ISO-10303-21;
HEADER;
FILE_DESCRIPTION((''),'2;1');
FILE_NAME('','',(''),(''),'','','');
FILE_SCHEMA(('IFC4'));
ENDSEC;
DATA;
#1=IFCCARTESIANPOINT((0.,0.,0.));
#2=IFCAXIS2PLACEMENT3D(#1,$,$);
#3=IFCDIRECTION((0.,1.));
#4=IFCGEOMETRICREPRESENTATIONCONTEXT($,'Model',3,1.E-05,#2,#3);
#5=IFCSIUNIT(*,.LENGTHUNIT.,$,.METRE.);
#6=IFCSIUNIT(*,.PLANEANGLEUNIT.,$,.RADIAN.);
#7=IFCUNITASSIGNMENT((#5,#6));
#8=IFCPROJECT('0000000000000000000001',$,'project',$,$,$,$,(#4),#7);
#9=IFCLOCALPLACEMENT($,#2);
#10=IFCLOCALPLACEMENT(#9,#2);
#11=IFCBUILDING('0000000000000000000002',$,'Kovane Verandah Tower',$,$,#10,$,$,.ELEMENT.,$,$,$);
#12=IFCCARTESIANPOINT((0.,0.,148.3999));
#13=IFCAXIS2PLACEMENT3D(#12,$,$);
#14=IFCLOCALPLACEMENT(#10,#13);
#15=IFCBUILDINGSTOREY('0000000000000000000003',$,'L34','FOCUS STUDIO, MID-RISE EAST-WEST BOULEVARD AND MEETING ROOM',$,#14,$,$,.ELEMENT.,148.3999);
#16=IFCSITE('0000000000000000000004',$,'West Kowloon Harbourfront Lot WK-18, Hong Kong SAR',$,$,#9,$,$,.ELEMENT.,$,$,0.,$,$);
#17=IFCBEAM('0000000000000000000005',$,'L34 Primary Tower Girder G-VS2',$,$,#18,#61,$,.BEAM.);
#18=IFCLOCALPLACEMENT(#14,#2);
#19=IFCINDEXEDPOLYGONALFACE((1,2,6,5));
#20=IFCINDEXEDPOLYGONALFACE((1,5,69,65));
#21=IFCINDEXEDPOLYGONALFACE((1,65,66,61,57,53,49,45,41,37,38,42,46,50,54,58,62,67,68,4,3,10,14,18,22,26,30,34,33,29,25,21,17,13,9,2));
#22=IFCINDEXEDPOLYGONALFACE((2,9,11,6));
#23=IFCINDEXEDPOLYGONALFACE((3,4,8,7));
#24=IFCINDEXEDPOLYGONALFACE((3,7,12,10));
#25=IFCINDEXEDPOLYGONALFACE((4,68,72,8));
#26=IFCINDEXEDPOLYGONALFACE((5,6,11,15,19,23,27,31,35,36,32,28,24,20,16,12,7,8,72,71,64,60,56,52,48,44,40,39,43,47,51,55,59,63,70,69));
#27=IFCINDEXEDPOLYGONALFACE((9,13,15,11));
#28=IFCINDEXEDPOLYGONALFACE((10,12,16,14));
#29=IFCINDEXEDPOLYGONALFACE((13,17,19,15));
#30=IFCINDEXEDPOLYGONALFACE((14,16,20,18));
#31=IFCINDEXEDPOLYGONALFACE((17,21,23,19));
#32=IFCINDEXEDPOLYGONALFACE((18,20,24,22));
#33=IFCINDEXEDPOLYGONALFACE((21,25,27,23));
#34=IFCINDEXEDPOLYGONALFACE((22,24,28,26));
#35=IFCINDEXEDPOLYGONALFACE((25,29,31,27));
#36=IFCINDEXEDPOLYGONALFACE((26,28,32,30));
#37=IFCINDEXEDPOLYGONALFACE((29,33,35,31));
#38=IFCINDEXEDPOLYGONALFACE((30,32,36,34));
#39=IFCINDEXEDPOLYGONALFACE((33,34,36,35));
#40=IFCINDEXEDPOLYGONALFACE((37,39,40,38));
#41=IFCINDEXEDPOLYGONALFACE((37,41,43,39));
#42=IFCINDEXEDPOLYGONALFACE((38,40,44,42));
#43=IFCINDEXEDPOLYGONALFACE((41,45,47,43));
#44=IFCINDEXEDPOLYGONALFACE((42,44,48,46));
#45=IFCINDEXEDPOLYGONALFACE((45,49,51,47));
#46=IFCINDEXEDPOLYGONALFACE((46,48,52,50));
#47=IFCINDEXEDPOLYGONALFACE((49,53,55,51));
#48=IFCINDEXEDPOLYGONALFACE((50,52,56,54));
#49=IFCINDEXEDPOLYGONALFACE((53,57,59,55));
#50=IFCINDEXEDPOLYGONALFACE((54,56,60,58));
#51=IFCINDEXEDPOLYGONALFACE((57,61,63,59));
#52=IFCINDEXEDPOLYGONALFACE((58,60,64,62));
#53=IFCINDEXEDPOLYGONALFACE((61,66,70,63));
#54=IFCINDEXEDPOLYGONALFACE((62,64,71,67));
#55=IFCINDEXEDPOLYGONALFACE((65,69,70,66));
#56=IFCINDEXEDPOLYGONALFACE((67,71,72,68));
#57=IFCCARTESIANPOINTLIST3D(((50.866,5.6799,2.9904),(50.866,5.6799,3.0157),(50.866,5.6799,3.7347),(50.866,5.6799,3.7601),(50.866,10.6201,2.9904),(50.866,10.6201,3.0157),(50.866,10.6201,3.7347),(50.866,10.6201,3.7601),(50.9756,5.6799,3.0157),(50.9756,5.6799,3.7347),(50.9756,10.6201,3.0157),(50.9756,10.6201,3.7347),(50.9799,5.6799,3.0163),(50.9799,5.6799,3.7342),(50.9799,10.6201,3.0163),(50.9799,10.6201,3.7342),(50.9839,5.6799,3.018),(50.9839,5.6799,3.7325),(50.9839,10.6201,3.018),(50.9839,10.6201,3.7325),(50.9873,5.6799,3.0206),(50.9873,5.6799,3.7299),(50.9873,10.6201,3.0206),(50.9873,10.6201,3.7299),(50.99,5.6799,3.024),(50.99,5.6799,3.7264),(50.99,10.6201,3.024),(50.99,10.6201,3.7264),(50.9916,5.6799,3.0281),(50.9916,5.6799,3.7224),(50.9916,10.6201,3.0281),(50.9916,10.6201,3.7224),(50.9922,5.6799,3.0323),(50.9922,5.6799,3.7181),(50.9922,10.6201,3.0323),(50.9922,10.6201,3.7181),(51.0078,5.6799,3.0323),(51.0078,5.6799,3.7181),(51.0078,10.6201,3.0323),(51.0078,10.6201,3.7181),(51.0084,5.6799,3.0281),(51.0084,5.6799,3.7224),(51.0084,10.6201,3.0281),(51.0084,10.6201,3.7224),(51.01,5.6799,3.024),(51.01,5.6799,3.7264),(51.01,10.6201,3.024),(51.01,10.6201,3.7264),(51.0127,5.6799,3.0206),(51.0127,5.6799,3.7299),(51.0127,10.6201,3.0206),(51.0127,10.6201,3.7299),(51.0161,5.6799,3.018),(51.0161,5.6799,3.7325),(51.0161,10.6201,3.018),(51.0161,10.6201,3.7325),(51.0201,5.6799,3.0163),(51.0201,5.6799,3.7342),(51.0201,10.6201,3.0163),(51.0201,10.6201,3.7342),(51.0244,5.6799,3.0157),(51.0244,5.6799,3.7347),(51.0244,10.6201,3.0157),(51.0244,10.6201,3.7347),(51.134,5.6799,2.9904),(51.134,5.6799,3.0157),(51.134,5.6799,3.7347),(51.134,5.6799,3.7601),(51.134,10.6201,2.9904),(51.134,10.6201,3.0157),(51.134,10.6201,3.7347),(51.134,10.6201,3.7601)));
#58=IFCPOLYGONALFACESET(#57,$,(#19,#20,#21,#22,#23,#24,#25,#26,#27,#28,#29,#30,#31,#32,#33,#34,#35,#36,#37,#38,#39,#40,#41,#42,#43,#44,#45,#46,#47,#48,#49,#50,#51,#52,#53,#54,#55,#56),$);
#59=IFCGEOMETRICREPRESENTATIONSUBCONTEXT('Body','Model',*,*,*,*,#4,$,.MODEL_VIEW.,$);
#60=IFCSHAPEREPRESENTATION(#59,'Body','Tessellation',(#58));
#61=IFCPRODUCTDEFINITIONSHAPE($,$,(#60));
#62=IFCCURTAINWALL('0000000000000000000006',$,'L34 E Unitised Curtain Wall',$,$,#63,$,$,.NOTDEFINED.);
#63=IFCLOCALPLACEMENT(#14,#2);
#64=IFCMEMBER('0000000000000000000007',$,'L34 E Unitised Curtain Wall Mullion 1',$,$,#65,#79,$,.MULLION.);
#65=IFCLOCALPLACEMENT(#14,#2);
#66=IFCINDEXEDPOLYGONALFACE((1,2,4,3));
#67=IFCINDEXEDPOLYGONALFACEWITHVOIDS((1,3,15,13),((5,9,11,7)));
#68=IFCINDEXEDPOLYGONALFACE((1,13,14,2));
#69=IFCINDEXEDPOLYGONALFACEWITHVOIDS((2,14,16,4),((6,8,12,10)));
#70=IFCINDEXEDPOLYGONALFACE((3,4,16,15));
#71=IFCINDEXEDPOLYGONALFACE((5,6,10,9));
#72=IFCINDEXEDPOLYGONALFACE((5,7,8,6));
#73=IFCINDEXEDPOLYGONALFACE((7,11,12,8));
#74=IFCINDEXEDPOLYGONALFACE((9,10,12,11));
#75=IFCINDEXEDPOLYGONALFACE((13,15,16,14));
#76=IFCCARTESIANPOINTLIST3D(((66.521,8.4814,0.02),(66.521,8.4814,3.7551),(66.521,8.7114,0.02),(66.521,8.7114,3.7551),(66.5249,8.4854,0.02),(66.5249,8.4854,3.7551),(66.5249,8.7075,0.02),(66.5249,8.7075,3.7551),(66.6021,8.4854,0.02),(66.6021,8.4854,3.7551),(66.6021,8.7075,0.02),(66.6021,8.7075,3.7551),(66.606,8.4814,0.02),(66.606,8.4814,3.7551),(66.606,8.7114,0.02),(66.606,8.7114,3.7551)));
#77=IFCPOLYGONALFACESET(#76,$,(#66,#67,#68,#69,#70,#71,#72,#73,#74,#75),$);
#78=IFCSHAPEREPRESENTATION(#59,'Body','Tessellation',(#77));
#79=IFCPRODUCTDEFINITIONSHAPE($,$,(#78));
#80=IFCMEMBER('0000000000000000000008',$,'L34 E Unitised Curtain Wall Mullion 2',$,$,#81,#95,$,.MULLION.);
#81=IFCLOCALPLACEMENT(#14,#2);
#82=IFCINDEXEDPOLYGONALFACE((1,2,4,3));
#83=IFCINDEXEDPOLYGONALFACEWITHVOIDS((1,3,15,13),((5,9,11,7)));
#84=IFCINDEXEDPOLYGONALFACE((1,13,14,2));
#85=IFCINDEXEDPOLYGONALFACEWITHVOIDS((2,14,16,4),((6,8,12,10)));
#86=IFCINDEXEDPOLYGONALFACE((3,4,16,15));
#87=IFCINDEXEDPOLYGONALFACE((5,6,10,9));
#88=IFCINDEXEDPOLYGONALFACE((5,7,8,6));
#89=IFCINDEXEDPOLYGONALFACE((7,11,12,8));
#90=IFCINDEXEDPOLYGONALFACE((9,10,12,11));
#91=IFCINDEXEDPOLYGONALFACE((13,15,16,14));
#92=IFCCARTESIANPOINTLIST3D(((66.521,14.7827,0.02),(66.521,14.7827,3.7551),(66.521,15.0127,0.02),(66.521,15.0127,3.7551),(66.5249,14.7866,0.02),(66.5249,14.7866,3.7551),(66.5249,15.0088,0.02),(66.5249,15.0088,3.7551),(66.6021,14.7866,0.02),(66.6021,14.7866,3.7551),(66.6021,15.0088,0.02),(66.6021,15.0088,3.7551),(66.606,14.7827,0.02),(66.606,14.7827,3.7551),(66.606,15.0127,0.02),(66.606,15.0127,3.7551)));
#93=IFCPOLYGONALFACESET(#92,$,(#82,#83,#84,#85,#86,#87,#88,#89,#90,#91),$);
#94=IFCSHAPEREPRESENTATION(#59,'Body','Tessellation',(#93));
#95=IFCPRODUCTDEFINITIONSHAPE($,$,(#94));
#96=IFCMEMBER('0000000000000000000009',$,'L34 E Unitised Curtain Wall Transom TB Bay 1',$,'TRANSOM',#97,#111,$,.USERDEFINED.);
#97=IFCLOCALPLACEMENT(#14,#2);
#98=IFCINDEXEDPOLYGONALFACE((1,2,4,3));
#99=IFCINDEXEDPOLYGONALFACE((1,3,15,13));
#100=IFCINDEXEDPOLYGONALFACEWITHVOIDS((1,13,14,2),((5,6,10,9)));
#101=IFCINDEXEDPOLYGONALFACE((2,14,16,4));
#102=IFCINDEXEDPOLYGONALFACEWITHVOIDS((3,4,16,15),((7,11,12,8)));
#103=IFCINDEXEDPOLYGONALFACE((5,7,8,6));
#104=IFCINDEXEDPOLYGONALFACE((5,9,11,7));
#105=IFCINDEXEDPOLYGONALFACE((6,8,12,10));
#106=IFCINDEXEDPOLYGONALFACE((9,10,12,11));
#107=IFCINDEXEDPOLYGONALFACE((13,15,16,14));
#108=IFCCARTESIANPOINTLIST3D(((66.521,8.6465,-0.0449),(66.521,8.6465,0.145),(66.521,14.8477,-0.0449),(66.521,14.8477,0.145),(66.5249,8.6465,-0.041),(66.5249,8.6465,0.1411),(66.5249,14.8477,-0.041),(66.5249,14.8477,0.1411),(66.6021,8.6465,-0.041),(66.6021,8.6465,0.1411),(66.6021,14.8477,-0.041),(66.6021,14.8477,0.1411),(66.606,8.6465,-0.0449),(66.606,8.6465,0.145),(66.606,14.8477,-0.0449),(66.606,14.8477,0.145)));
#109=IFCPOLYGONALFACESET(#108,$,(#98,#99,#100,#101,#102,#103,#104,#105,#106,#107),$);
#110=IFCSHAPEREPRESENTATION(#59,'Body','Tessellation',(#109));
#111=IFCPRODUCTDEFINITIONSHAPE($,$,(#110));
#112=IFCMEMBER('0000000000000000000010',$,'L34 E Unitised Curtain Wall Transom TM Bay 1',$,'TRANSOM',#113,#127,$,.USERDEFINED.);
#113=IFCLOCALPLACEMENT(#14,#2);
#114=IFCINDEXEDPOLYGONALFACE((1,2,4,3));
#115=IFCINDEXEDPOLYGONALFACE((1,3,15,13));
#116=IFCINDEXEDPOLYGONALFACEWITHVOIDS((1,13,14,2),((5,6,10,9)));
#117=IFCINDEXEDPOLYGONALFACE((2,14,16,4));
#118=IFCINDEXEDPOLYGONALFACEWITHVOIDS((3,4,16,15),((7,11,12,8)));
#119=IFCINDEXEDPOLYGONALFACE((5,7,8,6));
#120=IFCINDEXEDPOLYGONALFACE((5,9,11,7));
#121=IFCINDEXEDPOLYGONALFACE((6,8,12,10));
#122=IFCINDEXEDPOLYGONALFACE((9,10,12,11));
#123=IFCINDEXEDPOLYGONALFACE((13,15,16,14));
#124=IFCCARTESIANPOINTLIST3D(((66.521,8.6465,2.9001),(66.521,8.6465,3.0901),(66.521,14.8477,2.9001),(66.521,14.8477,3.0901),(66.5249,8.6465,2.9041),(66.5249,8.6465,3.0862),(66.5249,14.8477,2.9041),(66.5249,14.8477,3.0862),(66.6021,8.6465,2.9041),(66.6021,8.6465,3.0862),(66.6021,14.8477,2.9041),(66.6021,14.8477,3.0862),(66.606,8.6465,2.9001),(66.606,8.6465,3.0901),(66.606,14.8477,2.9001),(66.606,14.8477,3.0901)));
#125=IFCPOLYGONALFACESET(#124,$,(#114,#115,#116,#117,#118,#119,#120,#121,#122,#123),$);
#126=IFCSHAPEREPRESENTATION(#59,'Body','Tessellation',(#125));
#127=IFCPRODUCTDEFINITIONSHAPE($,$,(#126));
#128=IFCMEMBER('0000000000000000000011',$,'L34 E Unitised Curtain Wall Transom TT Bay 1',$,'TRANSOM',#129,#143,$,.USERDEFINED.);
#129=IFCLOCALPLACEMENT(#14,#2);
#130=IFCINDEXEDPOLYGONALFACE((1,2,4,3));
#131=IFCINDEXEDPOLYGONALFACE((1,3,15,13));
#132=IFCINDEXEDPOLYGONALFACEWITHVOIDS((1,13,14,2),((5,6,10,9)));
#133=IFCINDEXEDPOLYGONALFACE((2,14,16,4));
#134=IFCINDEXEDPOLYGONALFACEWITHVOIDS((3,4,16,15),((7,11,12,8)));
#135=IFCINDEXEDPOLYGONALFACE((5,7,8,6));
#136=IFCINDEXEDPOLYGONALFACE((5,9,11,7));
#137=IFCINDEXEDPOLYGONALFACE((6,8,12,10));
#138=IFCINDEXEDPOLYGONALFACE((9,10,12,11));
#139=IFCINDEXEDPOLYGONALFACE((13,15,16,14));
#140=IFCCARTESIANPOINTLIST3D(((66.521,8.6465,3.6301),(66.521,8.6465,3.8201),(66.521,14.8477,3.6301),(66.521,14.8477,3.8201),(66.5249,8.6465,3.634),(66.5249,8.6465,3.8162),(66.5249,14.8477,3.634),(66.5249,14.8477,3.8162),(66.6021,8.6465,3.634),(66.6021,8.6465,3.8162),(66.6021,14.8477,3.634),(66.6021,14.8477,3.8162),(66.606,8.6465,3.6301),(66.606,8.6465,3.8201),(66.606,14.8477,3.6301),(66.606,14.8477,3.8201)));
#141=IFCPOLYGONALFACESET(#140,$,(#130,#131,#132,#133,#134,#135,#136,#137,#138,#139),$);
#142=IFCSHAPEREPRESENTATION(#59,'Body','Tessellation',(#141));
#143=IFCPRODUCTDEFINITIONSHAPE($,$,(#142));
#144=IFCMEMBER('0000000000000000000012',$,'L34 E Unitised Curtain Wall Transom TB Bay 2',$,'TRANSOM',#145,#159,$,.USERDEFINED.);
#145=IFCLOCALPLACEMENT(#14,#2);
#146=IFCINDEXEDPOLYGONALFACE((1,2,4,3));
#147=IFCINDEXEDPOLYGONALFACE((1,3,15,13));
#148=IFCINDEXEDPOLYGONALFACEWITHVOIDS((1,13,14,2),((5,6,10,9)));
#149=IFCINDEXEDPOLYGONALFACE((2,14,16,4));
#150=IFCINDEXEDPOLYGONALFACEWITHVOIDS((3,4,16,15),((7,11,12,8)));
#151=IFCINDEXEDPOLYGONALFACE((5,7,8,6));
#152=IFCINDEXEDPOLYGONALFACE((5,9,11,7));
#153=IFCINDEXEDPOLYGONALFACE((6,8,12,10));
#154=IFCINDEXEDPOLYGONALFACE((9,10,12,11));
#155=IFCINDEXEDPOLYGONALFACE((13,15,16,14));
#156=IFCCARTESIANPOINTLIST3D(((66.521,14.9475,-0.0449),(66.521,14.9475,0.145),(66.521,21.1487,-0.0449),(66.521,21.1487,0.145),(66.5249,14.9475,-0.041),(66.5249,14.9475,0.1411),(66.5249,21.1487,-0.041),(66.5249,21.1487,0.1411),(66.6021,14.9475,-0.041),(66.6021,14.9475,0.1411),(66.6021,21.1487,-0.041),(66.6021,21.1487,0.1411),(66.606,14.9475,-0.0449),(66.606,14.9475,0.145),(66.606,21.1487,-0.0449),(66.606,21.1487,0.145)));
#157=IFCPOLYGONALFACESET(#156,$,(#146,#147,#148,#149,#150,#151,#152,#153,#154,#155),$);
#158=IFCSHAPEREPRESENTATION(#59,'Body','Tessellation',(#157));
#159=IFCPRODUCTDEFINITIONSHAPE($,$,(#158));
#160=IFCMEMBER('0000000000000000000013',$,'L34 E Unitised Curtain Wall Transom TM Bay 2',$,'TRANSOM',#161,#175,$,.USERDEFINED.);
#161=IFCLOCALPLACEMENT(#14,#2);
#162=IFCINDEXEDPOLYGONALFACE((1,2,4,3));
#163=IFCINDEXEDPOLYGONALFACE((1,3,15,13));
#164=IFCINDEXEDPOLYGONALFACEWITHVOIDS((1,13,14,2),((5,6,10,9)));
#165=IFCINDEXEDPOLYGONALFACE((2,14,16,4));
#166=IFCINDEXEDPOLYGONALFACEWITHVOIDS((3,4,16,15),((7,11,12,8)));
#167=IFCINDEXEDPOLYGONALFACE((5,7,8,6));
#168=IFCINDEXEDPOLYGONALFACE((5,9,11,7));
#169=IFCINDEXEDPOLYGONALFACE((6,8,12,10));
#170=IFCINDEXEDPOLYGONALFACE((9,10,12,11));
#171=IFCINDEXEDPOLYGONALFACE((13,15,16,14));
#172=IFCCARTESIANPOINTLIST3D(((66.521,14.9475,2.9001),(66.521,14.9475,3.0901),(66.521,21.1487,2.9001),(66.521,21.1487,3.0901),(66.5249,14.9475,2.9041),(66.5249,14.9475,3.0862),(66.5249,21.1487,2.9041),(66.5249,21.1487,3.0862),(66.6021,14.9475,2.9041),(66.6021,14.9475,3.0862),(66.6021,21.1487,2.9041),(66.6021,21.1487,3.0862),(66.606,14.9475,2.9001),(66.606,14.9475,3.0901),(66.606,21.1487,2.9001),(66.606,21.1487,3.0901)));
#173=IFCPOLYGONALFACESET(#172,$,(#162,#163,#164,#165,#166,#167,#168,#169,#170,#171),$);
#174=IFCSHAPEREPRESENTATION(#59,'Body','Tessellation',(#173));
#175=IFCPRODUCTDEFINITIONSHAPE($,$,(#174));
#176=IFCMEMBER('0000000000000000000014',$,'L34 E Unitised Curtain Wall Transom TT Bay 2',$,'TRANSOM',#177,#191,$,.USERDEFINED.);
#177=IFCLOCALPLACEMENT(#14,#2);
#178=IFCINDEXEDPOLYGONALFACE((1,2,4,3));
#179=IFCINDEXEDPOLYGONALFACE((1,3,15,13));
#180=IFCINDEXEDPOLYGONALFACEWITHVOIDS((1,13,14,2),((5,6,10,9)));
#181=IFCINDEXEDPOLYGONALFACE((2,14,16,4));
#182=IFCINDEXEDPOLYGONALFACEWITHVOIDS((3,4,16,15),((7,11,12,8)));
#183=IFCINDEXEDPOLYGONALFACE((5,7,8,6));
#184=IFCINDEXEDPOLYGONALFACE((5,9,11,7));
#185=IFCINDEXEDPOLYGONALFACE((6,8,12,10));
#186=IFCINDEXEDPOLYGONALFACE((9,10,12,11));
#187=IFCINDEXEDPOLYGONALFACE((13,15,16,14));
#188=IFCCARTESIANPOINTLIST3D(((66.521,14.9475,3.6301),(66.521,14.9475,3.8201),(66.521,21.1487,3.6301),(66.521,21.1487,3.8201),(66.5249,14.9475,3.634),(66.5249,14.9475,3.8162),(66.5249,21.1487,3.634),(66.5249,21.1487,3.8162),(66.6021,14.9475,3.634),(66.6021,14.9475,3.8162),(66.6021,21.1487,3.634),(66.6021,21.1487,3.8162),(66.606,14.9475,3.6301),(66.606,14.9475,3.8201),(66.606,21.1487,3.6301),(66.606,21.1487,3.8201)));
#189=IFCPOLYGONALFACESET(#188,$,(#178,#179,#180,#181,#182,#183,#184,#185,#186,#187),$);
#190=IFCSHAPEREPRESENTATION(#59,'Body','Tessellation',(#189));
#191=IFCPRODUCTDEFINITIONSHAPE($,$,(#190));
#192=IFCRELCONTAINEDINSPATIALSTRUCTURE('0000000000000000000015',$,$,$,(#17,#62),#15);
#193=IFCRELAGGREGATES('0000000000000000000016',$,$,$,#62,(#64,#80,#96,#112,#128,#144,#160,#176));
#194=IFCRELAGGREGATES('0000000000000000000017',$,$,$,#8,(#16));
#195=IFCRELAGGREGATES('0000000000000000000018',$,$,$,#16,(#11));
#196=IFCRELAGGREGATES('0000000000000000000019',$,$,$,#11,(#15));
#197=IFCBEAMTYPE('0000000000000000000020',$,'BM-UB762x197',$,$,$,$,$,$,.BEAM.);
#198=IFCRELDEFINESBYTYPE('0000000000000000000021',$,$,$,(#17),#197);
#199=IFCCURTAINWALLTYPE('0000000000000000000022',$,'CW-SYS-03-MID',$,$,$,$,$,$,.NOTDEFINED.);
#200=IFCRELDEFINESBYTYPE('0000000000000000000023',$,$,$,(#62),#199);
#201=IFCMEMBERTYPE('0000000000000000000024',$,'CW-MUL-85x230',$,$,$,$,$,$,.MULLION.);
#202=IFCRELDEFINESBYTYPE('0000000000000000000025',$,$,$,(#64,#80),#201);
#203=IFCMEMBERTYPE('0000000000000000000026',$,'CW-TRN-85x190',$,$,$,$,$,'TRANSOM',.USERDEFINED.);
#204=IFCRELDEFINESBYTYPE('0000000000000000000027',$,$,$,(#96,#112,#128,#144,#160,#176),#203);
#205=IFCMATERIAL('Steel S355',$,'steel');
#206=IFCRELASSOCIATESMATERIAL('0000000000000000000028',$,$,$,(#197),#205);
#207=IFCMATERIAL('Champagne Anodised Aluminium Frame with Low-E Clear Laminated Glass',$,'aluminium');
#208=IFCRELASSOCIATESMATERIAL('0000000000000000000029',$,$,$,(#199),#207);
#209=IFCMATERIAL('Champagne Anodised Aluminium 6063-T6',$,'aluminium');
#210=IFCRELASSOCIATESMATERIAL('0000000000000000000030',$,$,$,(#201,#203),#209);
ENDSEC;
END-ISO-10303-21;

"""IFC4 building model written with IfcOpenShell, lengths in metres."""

from ifc_helpers import new_model, si_unit, direction, frame, origin, origin_2d, place, context, subcontext, project, spatial, hollow_rectangle, i_section, extrude, material, material_profile, profile_set, type_object, element, aggregate, save


model = new_model("IFC4")

# Units and contexts
model_context = context("Model", 3, precision=1e-05, world=origin(), true_north=direction((0.0, 1.0)))
body_context = subcontext(model_context, "Body", "Model", "MODEL_VIEW")
ifc_project = project(units=[si_unit("LENGTHUNIT", "METRE"), si_unit("PLANEANGLEUNIT", "RADIAN")], contexts=[model_context])

# Site, building, storey
site_placement = place(None, origin())
site = spatial("IfcSite", under=ifc_project, at=site_placement, Name="West Kowloon Harbourfront Lot WK-18, Hong Kong SAR", CompositionType="ELEMENT", RefElevation=0.0)
building_placement = place(site_placement, origin())
building = spatial("IfcBuilding", under=site, at=building_placement, Name="Kovane Verandah Tower", CompositionType="ELEMENT")
storey_placement = place(building_placement, frame((0.0, 0.0, 148.3999)))
storey = spatial("IfcBuildingStorey", under=building, at=storey_placement, Name="L34", Description="FOCUS STUDIO, MID-RISE EAST-WEST BOULEVARD AND MEETING ROOM", CompositionType="ELEMENT", Elevation=148.3999)

# Beam
ifc_material_1 = material(Name="Steel S355", Category="steel")
ifc_material_profile_1 = material_profile(ifc_material_1, i_section(OverallWidth=0.2681, OverallDepth=0.7698, WebThickness=0.0156, FlangeThickness=0.0254, FilletRadius=0.0166, at=origin_2d()), Name="UB762x267x197")
ifc_profile_set_1 = profile_set([ifc_material_profile_1], Name="Steel S355")
beam_type_1 = type_object("IfcBeamType", Name="BM-UB762x197", PredefinedType="BEAM", material=ifc_profile_set_1)
beam_1_placement = place(storey_placement, frame((51.0, 10.6201, 3.3752), z_axis=(0.0, -1.0, 0.0), x_axis=(1.0, 0.0, 0.0)))
element("IfcBeam", 1, at=beam_1_placement, inside=storey, type_object=beam_type_1, Name="L34 Primary Tower Girder G-VS2", PredefinedType="BEAM", context=body_context, shape_type="SweptSolid", body=[
    extrude(i_section(OverallWidth=0.2681, OverallDepth=0.7698, WebThickness=0.0156, FlangeThickness=0.0254, FilletRadius=0.0166, at=origin_2d()), origin(), (0.0, 0.0, 1.0), 4.9402),
])

# Curtain wall, members
ifc_material_2 = material(Name="Champagne Anodised Aluminium Frame with Low-E Clear Laminated Glass", Category="aluminium")
curtain_wall_type = type_object("IfcCurtainWallType", Name="CW-SYS-03-MID", PredefinedType="NOTDEFINED", material=ifc_material_2)
curtain_wall_placement = place(storey_placement, origin())
curtain_wall = element("IfcCurtainWall", 2, at=curtain_wall_placement, inside=storey, type_object=curtain_wall_type, Name="L34 E Unitised Curtain Wall", PredefinedType="NOTDEFINED")
ifc_material_3 = material(Name="Champagne Anodised Aluminium 6063-T6", Category="aluminium")
ifc_material_profile_2 = material_profile(ifc_material_3, hollow_rectangle(XDim=0.085, YDim=0.23, WallThickness=0.0039, at=origin_2d()), Name="AL85x230x4")
ifc_profile_set_2 = profile_set([ifc_material_profile_2], Name="Champagne Anodised Aluminium 6063-T6")
member_type_1 = type_object("IfcMemberType", Name="CW-MUL-85x230", PredefinedType="MULLION", material=ifc_profile_set_2)
member_1_placement = place(storey_placement, frame((66.5635, 8.5964, 0.02), z_axis=(0.0, 0.0, 1.0), x_axis=(1.0, 0.0, 0.0)))
member_1 = element("IfcMember", 3, at=member_1_placement, type_object=member_type_1, Name="L34 E Unitised Curtain Wall Mullion 1", PredefinedType="MULLION", context=body_context, shape_type="SweptSolid", body=[
    extrude(hollow_rectangle(XDim=0.085, YDim=0.23, WallThickness=0.0039, at=origin_2d()), origin(), (0.0, 0.0, 1.0), 3.7351),
])
member_2_placement = place(storey_placement, frame((66.5635, 14.8977, 0.02), z_axis=(0.0, 0.0, 1.0), x_axis=(1.0, 0.0, 0.0)))
member_2 = element("IfcMember", 4, at=member_2_placement, type_object=member_type_1, Name="L34 E Unitised Curtain Wall Mullion 2", PredefinedType="MULLION", context=body_context, shape_type="SweptSolid", body=[
    extrude(hollow_rectangle(XDim=0.085, YDim=0.23, WallThickness=0.0039, at=origin_2d()), origin(), (0.0, 0.0, 1.0), 3.7351),
])
ifc_material_profile_3 = material_profile(ifc_material_3, hollow_rectangle(XDim=0.085, YDim=0.1899, WallThickness=0.0039, at=origin_2d()), Name="AL85x190x4")
ifc_profile_set_3 = profile_set([ifc_material_profile_3], Name="Champagne Anodised Aluminium 6063-T6")
member_type_2 = type_object("IfcMemberType", Name="CW-TRN-85x190", ElementType="TRANSOM", PredefinedType="USERDEFINED", material=ifc_profile_set_3)
member_3_placement = place(storey_placement, frame((66.5635, 8.6465, 0.05), z_axis=(0.0, 1.0, 0.0), x_axis=(-1.0, 0.0, 0.0)))
member_3 = element("IfcMember", 5, at=member_3_placement, type_object=member_type_2, Name="L34 E Unitised Curtain Wall Transom TB Bay 1", ObjectType="TRANSOM", PredefinedType="USERDEFINED", context=body_context, shape_type="SweptSolid", body=[
    extrude(hollow_rectangle(XDim=0.085, YDim=0.1899, WallThickness=0.0039, at=origin_2d()), origin(), (0.0, 0.0, 1.0), 6.2012),
])
member_4_placement = place(storey_placement, frame((66.5635, 8.6465, 2.9951), z_axis=(0.0, 1.0, 0.0), x_axis=(-1.0, 0.0, 0.0)))
member_4 = element("IfcMember", 6, at=member_4_placement, type_object=member_type_2, Name="L34 E Unitised Curtain Wall Transom TM Bay 1", ObjectType="TRANSOM", PredefinedType="USERDEFINED", context=body_context, shape_type="SweptSolid", body=[
    extrude(hollow_rectangle(XDim=0.085, YDim=0.1899, WallThickness=0.0039, at=origin_2d()), origin(), (0.0, 0.0, 1.0), 6.2012),
])
member_5_placement = place(storey_placement, frame((66.5635, 8.6465, 3.7251), z_axis=(0.0, 1.0, 0.0), x_axis=(-1.0, 0.0, 0.0)))
member_5 = element("IfcMember", 7, at=member_5_placement, type_object=member_type_2, Name="L34 E Unitised Curtain Wall Transom TT Bay 1", ObjectType="TRANSOM", PredefinedType="USERDEFINED", context=body_context, shape_type="SweptSolid", body=[
    extrude(hollow_rectangle(XDim=0.085, YDim=0.1899, WallThickness=0.0039, at=origin_2d()), origin(), (0.0, 0.0, 1.0), 6.2012),
])
member_6_placement = place(storey_placement, frame((66.5635, 14.9475, 0.05), z_axis=(0.0, 1.0, 0.0), x_axis=(-1.0, 0.0, 0.0)))
member_6 = element("IfcMember", 8, at=member_6_placement, type_object=member_type_2, Name="L34 E Unitised Curtain Wall Transom TB Bay 2", ObjectType="TRANSOM", PredefinedType="USERDEFINED", context=body_context, shape_type="SweptSolid", body=[
    extrude(hollow_rectangle(XDim=0.085, YDim=0.1899, WallThickness=0.0039, at=origin_2d()), origin(), (0.0, 0.0, 1.0), 6.2012),
])
member_7_placement = place(storey_placement, frame((66.5635, 14.9475, 2.9951), z_axis=(0.0, 1.0, 0.0), x_axis=(-1.0, 0.0, 0.0)))
member_7 = element("IfcMember", 9, at=member_7_placement, type_object=member_type_2, Name="L34 E Unitised Curtain Wall Transom TM Bay 2", ObjectType="TRANSOM", PredefinedType="USERDEFINED", context=body_context, shape_type="SweptSolid", body=[
    extrude(hollow_rectangle(XDim=0.085, YDim=0.1899, WallThickness=0.0039, at=origin_2d()), origin(), (0.0, 0.0, 1.0), 6.2012),
])
member_8_placement = place(storey_placement, frame((66.5635, 14.9475, 3.7251), z_axis=(0.0, 1.0, 0.0), x_axis=(-1.0, 0.0, 0.0)))
member_8 = element("IfcMember", 10, at=member_8_placement, type_object=member_type_2, Name="L34 E Unitised Curtain Wall Transom TT Bay 2", ObjectType="TRANSOM", PredefinedType="USERDEFINED", context=body_context, shape_type="SweptSolid", body=[
    extrude(hollow_rectangle(XDim=0.085, YDim=0.1899, WallThickness=0.0039, at=origin_2d()), origin(), (0.0, 0.0, 1.0), 6.2012),
])

aggregate(curtain_wall, [member_1, member_2, member_3, member_4, member_5, member_6, member_7, member_8])

save(model, "model.ifc")
